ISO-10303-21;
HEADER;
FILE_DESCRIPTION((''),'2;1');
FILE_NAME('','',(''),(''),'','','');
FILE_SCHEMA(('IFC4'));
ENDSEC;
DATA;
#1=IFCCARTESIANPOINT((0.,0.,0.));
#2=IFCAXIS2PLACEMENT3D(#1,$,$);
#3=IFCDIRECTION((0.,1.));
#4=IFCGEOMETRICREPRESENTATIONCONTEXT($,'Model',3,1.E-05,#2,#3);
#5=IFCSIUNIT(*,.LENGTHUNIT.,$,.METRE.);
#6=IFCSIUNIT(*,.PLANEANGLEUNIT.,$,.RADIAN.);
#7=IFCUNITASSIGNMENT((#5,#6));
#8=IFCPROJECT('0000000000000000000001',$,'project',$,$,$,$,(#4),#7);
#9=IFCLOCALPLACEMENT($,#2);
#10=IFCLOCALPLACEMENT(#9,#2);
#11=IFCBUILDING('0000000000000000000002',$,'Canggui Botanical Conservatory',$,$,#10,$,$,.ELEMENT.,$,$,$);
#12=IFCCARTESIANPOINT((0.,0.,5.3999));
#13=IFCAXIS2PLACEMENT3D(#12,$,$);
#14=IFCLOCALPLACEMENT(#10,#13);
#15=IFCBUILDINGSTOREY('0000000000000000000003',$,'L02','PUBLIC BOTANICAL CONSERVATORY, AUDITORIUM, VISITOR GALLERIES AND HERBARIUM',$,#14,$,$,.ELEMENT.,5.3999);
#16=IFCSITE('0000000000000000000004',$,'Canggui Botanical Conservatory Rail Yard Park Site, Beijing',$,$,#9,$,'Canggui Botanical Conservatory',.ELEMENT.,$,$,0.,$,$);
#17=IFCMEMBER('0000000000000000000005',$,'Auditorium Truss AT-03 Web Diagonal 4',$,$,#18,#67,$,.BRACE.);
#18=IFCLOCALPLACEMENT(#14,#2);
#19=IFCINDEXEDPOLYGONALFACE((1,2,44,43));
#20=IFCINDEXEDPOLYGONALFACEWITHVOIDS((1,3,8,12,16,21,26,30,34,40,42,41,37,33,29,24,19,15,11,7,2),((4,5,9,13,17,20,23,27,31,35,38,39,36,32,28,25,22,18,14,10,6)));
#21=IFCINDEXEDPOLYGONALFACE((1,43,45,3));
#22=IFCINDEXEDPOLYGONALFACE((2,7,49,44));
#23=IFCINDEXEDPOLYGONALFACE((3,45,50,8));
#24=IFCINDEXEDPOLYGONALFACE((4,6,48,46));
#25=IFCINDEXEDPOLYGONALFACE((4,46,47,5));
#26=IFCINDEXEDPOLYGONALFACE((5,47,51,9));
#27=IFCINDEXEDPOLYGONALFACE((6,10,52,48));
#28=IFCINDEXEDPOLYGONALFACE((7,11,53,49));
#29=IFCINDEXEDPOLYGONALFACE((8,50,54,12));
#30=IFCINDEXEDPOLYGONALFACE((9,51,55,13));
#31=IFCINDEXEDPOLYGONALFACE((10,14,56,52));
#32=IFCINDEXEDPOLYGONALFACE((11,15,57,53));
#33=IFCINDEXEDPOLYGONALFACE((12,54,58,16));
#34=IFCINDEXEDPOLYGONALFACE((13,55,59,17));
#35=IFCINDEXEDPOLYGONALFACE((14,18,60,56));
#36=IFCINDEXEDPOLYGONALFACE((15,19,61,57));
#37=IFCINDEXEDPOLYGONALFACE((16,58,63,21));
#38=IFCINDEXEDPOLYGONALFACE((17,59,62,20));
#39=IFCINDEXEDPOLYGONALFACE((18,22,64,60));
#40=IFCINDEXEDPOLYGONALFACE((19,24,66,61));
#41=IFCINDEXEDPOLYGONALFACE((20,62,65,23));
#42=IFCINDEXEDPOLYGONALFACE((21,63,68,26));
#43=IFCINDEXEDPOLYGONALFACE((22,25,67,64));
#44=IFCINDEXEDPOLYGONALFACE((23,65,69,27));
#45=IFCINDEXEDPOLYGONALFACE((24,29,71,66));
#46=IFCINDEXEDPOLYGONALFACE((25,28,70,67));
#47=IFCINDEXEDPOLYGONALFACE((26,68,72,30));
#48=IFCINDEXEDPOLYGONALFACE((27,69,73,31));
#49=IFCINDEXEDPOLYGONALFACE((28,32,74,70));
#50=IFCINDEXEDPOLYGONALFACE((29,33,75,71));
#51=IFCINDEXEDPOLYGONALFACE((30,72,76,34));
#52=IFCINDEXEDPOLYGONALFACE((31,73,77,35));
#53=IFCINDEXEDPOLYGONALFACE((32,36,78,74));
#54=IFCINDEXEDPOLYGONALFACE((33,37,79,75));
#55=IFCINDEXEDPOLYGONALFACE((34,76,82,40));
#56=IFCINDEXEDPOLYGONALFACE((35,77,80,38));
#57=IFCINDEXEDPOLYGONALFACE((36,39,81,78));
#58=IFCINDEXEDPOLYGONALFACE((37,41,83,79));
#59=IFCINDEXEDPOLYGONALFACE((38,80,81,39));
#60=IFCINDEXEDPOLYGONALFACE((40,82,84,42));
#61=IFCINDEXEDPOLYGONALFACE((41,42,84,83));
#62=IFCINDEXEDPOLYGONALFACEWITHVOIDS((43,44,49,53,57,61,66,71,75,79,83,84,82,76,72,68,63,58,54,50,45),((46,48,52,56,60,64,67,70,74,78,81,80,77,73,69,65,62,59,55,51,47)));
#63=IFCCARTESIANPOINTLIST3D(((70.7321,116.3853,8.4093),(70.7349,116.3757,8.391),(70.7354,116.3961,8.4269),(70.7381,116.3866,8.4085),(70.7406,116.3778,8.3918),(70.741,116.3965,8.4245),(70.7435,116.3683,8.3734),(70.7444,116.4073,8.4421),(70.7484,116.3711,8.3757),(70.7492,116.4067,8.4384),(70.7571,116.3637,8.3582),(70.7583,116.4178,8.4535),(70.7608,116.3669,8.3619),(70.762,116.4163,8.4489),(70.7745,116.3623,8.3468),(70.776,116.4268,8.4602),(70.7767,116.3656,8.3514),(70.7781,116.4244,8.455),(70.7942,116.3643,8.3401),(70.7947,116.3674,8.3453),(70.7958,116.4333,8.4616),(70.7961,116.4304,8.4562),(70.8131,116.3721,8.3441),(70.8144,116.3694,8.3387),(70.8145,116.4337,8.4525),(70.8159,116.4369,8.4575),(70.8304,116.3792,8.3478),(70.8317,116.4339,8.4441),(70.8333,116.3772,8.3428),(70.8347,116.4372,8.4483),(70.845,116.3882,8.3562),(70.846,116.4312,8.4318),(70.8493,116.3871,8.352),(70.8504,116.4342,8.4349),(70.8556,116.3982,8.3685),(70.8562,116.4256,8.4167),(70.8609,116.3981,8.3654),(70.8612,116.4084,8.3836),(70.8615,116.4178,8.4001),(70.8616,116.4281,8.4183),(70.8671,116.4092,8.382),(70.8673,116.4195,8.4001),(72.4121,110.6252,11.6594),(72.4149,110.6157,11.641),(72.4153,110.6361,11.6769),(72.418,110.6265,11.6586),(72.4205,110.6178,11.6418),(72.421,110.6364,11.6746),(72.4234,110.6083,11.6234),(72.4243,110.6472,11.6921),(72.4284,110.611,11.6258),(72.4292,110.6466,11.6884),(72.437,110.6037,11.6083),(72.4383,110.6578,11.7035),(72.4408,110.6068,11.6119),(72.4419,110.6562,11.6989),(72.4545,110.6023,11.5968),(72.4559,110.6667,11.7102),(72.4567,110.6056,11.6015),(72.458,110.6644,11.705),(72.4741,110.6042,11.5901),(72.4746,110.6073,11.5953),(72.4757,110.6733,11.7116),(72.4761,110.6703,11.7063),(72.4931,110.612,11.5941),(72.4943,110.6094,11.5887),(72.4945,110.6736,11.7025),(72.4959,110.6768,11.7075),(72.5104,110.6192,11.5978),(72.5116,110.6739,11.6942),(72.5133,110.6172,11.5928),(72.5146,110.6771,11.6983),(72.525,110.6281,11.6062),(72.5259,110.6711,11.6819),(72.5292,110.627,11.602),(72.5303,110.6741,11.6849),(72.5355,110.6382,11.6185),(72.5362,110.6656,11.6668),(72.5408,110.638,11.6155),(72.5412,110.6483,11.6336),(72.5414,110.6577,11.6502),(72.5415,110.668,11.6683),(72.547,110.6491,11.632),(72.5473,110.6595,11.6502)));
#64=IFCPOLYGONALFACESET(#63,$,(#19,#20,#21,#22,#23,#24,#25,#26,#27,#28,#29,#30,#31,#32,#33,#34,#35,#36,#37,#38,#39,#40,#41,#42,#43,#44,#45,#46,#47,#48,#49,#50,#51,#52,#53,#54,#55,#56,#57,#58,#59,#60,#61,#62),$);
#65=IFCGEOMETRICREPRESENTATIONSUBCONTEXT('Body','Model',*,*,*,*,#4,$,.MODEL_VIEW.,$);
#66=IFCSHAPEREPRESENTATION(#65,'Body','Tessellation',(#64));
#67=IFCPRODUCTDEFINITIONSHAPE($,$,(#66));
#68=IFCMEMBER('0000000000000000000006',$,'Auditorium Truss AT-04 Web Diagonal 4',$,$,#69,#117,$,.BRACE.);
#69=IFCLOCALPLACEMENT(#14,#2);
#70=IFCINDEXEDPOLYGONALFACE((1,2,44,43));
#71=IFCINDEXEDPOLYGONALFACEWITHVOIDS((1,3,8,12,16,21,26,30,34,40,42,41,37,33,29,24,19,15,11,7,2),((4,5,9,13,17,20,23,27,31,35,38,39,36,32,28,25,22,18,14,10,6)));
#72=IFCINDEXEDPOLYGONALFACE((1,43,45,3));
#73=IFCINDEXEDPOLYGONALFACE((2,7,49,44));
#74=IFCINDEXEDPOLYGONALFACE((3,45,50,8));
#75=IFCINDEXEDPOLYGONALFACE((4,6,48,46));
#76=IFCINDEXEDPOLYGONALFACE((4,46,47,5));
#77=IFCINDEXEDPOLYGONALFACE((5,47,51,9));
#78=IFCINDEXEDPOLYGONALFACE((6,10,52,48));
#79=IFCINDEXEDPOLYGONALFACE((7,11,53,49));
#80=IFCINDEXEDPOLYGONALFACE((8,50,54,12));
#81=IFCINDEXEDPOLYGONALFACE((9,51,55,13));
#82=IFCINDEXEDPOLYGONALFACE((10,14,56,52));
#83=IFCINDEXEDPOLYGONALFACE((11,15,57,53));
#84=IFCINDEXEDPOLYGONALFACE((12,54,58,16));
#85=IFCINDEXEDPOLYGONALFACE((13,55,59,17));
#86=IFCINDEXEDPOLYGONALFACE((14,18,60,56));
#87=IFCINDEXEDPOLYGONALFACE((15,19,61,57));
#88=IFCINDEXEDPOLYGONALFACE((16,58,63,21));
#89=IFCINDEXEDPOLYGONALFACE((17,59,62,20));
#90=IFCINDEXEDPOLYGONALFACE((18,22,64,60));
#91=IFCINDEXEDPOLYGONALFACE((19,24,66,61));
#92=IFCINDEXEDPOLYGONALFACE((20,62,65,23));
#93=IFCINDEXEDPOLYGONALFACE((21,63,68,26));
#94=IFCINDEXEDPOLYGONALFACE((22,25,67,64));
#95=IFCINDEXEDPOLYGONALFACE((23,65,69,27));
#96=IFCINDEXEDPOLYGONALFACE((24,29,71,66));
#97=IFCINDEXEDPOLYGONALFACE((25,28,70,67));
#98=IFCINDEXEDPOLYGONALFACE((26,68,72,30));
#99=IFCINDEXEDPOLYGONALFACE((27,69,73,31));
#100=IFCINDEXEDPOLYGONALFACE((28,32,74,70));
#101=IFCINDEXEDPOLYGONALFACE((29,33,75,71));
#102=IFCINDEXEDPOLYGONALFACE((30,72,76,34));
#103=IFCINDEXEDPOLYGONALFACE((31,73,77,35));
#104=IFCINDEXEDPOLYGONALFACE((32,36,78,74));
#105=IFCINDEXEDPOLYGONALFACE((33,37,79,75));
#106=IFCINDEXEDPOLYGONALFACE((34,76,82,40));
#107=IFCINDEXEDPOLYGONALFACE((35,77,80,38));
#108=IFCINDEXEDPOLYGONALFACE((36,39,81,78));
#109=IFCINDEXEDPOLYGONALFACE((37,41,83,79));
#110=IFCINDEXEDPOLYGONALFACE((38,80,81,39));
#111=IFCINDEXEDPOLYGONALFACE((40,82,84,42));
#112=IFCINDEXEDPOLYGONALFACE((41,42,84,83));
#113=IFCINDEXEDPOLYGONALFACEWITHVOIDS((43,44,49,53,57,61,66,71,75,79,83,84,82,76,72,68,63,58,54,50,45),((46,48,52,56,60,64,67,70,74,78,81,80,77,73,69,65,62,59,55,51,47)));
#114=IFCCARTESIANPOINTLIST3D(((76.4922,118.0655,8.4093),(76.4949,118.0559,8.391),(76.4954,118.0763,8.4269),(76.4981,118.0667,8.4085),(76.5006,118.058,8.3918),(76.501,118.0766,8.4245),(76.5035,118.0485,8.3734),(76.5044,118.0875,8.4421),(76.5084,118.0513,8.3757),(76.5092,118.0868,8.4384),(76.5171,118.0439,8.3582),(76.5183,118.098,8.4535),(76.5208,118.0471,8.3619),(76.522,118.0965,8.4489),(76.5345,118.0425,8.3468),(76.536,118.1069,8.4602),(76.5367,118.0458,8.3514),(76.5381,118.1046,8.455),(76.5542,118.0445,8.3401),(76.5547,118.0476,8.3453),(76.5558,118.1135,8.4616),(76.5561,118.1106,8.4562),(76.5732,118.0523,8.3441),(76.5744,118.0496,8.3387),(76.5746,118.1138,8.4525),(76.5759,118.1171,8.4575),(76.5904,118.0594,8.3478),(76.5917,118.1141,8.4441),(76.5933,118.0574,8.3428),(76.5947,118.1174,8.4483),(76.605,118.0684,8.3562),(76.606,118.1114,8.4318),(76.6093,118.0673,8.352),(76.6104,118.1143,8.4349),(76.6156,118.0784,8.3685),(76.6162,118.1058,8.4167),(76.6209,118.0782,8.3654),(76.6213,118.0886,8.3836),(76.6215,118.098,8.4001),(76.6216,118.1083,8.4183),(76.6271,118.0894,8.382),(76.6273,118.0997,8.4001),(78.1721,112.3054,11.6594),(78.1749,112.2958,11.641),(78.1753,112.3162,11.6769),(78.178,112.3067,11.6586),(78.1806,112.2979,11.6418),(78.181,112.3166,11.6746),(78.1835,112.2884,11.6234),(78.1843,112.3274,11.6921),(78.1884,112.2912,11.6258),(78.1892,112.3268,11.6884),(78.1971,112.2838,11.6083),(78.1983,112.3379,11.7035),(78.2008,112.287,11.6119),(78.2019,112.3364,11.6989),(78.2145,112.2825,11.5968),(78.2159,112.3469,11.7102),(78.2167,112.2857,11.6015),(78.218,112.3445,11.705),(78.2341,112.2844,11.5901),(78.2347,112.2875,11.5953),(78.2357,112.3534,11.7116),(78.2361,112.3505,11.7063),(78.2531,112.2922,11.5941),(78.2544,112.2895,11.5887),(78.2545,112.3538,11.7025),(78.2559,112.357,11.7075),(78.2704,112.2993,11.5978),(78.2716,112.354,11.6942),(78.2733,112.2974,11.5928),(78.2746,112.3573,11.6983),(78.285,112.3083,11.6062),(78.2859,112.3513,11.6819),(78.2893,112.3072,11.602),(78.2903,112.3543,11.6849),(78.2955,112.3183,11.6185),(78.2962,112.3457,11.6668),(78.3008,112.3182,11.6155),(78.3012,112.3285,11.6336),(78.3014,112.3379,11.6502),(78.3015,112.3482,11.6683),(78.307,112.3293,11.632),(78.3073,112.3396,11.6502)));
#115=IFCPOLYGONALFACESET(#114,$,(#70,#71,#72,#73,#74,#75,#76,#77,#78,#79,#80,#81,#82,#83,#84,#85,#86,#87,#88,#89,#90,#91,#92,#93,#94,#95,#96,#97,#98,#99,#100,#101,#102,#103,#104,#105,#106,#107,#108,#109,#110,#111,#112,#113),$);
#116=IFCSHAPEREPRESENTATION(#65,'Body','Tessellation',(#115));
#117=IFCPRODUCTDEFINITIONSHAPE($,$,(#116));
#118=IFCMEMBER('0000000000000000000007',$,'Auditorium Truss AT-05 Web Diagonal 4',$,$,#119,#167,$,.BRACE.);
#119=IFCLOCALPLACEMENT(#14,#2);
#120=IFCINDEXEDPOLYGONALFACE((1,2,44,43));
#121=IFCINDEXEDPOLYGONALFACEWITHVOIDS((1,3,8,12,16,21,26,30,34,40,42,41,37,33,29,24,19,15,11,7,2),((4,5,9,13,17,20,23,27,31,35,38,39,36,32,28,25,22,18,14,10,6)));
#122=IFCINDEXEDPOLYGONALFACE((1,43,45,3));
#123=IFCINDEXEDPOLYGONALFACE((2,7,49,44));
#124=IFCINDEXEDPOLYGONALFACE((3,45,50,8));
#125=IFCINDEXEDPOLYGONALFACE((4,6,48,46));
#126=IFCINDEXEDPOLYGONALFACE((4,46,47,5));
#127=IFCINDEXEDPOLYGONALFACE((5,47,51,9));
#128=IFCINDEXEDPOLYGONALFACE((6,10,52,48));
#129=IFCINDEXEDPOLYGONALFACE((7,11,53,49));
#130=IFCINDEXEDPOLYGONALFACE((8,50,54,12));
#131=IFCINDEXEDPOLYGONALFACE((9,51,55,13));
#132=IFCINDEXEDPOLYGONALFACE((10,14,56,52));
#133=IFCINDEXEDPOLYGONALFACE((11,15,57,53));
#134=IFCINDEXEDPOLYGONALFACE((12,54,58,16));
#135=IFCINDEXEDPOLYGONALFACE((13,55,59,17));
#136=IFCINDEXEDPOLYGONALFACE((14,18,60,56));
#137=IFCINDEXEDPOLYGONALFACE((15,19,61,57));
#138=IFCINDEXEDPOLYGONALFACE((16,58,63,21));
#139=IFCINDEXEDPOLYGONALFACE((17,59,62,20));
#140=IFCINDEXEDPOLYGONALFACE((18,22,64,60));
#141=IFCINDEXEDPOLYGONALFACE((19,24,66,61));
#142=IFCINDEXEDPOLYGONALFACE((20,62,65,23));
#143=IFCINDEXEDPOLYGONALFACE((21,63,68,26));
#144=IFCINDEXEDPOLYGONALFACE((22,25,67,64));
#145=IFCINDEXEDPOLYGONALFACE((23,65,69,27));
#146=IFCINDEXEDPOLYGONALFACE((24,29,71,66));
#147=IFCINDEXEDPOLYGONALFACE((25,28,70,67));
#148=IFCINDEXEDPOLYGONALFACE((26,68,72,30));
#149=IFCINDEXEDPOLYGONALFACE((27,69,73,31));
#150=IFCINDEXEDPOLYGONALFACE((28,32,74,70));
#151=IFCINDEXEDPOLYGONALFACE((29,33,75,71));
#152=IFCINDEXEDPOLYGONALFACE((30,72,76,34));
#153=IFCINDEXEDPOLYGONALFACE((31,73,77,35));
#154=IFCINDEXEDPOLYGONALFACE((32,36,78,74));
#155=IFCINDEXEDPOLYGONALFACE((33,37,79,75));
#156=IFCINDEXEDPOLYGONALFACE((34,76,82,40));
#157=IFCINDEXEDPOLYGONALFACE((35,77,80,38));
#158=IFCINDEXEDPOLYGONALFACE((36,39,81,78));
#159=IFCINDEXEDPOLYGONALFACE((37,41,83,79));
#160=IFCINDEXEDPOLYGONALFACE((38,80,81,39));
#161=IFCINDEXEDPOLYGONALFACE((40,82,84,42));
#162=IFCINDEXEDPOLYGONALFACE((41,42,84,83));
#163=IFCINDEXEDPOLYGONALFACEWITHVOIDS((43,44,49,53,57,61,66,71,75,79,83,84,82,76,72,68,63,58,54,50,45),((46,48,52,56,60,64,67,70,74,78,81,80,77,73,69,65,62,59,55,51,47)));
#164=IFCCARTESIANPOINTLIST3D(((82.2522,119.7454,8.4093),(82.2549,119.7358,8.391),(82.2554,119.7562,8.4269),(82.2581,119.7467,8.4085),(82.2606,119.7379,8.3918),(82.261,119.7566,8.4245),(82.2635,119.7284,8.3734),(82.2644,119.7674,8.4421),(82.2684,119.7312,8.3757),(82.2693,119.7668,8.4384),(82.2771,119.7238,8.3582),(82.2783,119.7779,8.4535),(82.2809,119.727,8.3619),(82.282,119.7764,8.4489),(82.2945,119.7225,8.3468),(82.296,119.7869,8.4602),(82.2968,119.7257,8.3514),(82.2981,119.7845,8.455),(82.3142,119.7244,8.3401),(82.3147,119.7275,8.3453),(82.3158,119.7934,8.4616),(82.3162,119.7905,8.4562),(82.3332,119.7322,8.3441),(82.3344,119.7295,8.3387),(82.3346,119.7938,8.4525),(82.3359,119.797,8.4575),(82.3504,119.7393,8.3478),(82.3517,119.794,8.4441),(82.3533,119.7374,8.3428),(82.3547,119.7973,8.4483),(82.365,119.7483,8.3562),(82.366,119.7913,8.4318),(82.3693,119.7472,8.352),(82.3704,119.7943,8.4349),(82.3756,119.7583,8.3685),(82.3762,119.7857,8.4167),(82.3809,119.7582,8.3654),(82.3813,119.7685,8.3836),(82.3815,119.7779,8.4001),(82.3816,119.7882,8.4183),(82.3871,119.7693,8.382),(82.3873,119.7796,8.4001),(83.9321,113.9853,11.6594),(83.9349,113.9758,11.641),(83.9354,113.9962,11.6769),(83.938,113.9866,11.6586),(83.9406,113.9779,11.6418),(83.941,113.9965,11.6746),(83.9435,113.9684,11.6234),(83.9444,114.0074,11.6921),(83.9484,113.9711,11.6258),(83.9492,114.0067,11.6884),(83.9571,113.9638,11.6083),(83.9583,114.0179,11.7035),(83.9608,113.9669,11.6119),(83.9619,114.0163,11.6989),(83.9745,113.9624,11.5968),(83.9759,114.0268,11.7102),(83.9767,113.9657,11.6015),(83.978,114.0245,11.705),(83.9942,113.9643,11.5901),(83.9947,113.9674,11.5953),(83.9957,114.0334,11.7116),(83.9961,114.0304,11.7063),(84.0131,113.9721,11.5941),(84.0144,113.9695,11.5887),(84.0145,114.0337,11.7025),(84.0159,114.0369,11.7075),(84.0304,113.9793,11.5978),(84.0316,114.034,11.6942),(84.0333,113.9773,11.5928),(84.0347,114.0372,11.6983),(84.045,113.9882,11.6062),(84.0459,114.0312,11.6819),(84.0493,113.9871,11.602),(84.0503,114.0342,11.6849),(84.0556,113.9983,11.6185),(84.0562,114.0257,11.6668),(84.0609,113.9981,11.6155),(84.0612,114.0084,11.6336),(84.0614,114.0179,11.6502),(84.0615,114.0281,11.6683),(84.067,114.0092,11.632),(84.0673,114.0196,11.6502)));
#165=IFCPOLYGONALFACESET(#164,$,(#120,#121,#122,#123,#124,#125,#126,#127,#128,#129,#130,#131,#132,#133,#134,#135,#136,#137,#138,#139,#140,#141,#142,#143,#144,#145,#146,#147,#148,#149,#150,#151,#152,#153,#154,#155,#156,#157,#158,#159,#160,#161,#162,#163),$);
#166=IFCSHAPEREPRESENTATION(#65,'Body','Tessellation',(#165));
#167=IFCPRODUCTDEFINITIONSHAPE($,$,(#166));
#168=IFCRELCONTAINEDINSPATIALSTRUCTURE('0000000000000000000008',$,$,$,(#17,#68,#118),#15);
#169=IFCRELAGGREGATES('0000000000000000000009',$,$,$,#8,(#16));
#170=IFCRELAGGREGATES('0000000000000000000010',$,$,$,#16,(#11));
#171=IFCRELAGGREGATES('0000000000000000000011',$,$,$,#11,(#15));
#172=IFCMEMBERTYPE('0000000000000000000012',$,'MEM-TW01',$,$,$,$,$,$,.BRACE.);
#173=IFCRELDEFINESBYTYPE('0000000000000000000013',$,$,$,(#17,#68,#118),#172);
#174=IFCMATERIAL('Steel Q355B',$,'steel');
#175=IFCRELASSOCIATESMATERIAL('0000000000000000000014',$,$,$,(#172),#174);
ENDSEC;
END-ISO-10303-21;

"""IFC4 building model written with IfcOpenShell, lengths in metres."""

from ifc_helpers import new_model, si_unit, direction, frame, origin, origin_2d, place, context, subcontext, project, spatial, hollow_circle, extrude, material, material_profile, profile_set, type_object, element, save


model = new_model("IFC4")

# Units and contexts
model_context = context("Model", 3, precision=1e-05, world=origin(), true_north=direction((0.0, 1.0)))
body_context = subcontext(model_context, "Body", "Model", "MODEL_VIEW")
ifc_project = project(units=[si_unit("LENGTHUNIT", "METRE"), si_unit("PLANEANGLEUNIT", "RADIAN")], contexts=[model_context])

# Site, building, storey
site_placement = place(None, origin())
site = spatial("IfcSite", under=ifc_project, at=site_placement, Name="Canggui Botanical Conservatory Rail Yard Park Site, Beijing", LongName="Canggui Botanical Conservatory", CompositionType="ELEMENT", RefElevation=0.0)
building_placement = place(site_placement, origin())
building = spatial("IfcBuilding", under=site, at=building_placement, Name="Canggui Botanical Conservatory", CompositionType="ELEMENT")
storey_placement = place(building_placement, frame((0.0, 0.0, 5.3999)))
storey = spatial("IfcBuildingStorey", under=building, at=storey_placement, Name="L02", Description="PUBLIC BOTANICAL CONSERVATORY, AUDITORIUM, VISITOR GALLERIES AND HERBARIUM", CompositionType="ELEMENT", Elevation=5.3999)

# Shared definitions
ifc_material_1 = material(Name="Steel Q355B", Category="steel")

# Members
ifc_material_profile_1 = material_profile(ifc_material_1, hollow_circle(Radius=0.0701, WallThickness=0.0061, at=origin_2d()), Name="CHS 140x6")
ifc_profile_set_1 = profile_set([ifc_material_profile_1], Name="Steel Q355B")
member_type_1 = type_object("IfcMemberType", Name="MEM-TW01", PredefinedType="BRACE", material=ifc_profile_set_1)
for number, where, z_axis, x_axis, name in (
    (1, (70.8, 116.3999, 8.4001), (0.246192, -0.844123, 0.476284), (0.960003, 0.279989, 0.0), "Auditorium Truss AT-03 Web Diagonal 4"),
    (2, (76.5601, 118.0801, 8.4001), (0.246192, -0.844123, 0.476284), (0.960003, 0.279989, 0.0), "Auditorium Truss AT-04 Web Diagonal 4"),
    (3, (82.3201, 119.76, 8.4001), (0.246192, -0.844123, 0.476284), (0.960003, 0.279989, 0.0), "Auditorium Truss AT-05 Web Diagonal 4"),
):
    element("IfcMember", number, at=place(storey_placement, frame(where, z_axis=z_axis, x_axis=x_axis)), inside=storey, type_object=member_type_1, Name=name, PredefinedType="BRACE", context=body_context, shape_type="SweptSolid", body=[
        extrude(hollow_circle(Radius=0.0701, WallThickness=0.0061, at=origin_2d()), origin(), (0.0, 0.0, 1.0), 6.8237),
    ])

save(model, "model.ifc")
